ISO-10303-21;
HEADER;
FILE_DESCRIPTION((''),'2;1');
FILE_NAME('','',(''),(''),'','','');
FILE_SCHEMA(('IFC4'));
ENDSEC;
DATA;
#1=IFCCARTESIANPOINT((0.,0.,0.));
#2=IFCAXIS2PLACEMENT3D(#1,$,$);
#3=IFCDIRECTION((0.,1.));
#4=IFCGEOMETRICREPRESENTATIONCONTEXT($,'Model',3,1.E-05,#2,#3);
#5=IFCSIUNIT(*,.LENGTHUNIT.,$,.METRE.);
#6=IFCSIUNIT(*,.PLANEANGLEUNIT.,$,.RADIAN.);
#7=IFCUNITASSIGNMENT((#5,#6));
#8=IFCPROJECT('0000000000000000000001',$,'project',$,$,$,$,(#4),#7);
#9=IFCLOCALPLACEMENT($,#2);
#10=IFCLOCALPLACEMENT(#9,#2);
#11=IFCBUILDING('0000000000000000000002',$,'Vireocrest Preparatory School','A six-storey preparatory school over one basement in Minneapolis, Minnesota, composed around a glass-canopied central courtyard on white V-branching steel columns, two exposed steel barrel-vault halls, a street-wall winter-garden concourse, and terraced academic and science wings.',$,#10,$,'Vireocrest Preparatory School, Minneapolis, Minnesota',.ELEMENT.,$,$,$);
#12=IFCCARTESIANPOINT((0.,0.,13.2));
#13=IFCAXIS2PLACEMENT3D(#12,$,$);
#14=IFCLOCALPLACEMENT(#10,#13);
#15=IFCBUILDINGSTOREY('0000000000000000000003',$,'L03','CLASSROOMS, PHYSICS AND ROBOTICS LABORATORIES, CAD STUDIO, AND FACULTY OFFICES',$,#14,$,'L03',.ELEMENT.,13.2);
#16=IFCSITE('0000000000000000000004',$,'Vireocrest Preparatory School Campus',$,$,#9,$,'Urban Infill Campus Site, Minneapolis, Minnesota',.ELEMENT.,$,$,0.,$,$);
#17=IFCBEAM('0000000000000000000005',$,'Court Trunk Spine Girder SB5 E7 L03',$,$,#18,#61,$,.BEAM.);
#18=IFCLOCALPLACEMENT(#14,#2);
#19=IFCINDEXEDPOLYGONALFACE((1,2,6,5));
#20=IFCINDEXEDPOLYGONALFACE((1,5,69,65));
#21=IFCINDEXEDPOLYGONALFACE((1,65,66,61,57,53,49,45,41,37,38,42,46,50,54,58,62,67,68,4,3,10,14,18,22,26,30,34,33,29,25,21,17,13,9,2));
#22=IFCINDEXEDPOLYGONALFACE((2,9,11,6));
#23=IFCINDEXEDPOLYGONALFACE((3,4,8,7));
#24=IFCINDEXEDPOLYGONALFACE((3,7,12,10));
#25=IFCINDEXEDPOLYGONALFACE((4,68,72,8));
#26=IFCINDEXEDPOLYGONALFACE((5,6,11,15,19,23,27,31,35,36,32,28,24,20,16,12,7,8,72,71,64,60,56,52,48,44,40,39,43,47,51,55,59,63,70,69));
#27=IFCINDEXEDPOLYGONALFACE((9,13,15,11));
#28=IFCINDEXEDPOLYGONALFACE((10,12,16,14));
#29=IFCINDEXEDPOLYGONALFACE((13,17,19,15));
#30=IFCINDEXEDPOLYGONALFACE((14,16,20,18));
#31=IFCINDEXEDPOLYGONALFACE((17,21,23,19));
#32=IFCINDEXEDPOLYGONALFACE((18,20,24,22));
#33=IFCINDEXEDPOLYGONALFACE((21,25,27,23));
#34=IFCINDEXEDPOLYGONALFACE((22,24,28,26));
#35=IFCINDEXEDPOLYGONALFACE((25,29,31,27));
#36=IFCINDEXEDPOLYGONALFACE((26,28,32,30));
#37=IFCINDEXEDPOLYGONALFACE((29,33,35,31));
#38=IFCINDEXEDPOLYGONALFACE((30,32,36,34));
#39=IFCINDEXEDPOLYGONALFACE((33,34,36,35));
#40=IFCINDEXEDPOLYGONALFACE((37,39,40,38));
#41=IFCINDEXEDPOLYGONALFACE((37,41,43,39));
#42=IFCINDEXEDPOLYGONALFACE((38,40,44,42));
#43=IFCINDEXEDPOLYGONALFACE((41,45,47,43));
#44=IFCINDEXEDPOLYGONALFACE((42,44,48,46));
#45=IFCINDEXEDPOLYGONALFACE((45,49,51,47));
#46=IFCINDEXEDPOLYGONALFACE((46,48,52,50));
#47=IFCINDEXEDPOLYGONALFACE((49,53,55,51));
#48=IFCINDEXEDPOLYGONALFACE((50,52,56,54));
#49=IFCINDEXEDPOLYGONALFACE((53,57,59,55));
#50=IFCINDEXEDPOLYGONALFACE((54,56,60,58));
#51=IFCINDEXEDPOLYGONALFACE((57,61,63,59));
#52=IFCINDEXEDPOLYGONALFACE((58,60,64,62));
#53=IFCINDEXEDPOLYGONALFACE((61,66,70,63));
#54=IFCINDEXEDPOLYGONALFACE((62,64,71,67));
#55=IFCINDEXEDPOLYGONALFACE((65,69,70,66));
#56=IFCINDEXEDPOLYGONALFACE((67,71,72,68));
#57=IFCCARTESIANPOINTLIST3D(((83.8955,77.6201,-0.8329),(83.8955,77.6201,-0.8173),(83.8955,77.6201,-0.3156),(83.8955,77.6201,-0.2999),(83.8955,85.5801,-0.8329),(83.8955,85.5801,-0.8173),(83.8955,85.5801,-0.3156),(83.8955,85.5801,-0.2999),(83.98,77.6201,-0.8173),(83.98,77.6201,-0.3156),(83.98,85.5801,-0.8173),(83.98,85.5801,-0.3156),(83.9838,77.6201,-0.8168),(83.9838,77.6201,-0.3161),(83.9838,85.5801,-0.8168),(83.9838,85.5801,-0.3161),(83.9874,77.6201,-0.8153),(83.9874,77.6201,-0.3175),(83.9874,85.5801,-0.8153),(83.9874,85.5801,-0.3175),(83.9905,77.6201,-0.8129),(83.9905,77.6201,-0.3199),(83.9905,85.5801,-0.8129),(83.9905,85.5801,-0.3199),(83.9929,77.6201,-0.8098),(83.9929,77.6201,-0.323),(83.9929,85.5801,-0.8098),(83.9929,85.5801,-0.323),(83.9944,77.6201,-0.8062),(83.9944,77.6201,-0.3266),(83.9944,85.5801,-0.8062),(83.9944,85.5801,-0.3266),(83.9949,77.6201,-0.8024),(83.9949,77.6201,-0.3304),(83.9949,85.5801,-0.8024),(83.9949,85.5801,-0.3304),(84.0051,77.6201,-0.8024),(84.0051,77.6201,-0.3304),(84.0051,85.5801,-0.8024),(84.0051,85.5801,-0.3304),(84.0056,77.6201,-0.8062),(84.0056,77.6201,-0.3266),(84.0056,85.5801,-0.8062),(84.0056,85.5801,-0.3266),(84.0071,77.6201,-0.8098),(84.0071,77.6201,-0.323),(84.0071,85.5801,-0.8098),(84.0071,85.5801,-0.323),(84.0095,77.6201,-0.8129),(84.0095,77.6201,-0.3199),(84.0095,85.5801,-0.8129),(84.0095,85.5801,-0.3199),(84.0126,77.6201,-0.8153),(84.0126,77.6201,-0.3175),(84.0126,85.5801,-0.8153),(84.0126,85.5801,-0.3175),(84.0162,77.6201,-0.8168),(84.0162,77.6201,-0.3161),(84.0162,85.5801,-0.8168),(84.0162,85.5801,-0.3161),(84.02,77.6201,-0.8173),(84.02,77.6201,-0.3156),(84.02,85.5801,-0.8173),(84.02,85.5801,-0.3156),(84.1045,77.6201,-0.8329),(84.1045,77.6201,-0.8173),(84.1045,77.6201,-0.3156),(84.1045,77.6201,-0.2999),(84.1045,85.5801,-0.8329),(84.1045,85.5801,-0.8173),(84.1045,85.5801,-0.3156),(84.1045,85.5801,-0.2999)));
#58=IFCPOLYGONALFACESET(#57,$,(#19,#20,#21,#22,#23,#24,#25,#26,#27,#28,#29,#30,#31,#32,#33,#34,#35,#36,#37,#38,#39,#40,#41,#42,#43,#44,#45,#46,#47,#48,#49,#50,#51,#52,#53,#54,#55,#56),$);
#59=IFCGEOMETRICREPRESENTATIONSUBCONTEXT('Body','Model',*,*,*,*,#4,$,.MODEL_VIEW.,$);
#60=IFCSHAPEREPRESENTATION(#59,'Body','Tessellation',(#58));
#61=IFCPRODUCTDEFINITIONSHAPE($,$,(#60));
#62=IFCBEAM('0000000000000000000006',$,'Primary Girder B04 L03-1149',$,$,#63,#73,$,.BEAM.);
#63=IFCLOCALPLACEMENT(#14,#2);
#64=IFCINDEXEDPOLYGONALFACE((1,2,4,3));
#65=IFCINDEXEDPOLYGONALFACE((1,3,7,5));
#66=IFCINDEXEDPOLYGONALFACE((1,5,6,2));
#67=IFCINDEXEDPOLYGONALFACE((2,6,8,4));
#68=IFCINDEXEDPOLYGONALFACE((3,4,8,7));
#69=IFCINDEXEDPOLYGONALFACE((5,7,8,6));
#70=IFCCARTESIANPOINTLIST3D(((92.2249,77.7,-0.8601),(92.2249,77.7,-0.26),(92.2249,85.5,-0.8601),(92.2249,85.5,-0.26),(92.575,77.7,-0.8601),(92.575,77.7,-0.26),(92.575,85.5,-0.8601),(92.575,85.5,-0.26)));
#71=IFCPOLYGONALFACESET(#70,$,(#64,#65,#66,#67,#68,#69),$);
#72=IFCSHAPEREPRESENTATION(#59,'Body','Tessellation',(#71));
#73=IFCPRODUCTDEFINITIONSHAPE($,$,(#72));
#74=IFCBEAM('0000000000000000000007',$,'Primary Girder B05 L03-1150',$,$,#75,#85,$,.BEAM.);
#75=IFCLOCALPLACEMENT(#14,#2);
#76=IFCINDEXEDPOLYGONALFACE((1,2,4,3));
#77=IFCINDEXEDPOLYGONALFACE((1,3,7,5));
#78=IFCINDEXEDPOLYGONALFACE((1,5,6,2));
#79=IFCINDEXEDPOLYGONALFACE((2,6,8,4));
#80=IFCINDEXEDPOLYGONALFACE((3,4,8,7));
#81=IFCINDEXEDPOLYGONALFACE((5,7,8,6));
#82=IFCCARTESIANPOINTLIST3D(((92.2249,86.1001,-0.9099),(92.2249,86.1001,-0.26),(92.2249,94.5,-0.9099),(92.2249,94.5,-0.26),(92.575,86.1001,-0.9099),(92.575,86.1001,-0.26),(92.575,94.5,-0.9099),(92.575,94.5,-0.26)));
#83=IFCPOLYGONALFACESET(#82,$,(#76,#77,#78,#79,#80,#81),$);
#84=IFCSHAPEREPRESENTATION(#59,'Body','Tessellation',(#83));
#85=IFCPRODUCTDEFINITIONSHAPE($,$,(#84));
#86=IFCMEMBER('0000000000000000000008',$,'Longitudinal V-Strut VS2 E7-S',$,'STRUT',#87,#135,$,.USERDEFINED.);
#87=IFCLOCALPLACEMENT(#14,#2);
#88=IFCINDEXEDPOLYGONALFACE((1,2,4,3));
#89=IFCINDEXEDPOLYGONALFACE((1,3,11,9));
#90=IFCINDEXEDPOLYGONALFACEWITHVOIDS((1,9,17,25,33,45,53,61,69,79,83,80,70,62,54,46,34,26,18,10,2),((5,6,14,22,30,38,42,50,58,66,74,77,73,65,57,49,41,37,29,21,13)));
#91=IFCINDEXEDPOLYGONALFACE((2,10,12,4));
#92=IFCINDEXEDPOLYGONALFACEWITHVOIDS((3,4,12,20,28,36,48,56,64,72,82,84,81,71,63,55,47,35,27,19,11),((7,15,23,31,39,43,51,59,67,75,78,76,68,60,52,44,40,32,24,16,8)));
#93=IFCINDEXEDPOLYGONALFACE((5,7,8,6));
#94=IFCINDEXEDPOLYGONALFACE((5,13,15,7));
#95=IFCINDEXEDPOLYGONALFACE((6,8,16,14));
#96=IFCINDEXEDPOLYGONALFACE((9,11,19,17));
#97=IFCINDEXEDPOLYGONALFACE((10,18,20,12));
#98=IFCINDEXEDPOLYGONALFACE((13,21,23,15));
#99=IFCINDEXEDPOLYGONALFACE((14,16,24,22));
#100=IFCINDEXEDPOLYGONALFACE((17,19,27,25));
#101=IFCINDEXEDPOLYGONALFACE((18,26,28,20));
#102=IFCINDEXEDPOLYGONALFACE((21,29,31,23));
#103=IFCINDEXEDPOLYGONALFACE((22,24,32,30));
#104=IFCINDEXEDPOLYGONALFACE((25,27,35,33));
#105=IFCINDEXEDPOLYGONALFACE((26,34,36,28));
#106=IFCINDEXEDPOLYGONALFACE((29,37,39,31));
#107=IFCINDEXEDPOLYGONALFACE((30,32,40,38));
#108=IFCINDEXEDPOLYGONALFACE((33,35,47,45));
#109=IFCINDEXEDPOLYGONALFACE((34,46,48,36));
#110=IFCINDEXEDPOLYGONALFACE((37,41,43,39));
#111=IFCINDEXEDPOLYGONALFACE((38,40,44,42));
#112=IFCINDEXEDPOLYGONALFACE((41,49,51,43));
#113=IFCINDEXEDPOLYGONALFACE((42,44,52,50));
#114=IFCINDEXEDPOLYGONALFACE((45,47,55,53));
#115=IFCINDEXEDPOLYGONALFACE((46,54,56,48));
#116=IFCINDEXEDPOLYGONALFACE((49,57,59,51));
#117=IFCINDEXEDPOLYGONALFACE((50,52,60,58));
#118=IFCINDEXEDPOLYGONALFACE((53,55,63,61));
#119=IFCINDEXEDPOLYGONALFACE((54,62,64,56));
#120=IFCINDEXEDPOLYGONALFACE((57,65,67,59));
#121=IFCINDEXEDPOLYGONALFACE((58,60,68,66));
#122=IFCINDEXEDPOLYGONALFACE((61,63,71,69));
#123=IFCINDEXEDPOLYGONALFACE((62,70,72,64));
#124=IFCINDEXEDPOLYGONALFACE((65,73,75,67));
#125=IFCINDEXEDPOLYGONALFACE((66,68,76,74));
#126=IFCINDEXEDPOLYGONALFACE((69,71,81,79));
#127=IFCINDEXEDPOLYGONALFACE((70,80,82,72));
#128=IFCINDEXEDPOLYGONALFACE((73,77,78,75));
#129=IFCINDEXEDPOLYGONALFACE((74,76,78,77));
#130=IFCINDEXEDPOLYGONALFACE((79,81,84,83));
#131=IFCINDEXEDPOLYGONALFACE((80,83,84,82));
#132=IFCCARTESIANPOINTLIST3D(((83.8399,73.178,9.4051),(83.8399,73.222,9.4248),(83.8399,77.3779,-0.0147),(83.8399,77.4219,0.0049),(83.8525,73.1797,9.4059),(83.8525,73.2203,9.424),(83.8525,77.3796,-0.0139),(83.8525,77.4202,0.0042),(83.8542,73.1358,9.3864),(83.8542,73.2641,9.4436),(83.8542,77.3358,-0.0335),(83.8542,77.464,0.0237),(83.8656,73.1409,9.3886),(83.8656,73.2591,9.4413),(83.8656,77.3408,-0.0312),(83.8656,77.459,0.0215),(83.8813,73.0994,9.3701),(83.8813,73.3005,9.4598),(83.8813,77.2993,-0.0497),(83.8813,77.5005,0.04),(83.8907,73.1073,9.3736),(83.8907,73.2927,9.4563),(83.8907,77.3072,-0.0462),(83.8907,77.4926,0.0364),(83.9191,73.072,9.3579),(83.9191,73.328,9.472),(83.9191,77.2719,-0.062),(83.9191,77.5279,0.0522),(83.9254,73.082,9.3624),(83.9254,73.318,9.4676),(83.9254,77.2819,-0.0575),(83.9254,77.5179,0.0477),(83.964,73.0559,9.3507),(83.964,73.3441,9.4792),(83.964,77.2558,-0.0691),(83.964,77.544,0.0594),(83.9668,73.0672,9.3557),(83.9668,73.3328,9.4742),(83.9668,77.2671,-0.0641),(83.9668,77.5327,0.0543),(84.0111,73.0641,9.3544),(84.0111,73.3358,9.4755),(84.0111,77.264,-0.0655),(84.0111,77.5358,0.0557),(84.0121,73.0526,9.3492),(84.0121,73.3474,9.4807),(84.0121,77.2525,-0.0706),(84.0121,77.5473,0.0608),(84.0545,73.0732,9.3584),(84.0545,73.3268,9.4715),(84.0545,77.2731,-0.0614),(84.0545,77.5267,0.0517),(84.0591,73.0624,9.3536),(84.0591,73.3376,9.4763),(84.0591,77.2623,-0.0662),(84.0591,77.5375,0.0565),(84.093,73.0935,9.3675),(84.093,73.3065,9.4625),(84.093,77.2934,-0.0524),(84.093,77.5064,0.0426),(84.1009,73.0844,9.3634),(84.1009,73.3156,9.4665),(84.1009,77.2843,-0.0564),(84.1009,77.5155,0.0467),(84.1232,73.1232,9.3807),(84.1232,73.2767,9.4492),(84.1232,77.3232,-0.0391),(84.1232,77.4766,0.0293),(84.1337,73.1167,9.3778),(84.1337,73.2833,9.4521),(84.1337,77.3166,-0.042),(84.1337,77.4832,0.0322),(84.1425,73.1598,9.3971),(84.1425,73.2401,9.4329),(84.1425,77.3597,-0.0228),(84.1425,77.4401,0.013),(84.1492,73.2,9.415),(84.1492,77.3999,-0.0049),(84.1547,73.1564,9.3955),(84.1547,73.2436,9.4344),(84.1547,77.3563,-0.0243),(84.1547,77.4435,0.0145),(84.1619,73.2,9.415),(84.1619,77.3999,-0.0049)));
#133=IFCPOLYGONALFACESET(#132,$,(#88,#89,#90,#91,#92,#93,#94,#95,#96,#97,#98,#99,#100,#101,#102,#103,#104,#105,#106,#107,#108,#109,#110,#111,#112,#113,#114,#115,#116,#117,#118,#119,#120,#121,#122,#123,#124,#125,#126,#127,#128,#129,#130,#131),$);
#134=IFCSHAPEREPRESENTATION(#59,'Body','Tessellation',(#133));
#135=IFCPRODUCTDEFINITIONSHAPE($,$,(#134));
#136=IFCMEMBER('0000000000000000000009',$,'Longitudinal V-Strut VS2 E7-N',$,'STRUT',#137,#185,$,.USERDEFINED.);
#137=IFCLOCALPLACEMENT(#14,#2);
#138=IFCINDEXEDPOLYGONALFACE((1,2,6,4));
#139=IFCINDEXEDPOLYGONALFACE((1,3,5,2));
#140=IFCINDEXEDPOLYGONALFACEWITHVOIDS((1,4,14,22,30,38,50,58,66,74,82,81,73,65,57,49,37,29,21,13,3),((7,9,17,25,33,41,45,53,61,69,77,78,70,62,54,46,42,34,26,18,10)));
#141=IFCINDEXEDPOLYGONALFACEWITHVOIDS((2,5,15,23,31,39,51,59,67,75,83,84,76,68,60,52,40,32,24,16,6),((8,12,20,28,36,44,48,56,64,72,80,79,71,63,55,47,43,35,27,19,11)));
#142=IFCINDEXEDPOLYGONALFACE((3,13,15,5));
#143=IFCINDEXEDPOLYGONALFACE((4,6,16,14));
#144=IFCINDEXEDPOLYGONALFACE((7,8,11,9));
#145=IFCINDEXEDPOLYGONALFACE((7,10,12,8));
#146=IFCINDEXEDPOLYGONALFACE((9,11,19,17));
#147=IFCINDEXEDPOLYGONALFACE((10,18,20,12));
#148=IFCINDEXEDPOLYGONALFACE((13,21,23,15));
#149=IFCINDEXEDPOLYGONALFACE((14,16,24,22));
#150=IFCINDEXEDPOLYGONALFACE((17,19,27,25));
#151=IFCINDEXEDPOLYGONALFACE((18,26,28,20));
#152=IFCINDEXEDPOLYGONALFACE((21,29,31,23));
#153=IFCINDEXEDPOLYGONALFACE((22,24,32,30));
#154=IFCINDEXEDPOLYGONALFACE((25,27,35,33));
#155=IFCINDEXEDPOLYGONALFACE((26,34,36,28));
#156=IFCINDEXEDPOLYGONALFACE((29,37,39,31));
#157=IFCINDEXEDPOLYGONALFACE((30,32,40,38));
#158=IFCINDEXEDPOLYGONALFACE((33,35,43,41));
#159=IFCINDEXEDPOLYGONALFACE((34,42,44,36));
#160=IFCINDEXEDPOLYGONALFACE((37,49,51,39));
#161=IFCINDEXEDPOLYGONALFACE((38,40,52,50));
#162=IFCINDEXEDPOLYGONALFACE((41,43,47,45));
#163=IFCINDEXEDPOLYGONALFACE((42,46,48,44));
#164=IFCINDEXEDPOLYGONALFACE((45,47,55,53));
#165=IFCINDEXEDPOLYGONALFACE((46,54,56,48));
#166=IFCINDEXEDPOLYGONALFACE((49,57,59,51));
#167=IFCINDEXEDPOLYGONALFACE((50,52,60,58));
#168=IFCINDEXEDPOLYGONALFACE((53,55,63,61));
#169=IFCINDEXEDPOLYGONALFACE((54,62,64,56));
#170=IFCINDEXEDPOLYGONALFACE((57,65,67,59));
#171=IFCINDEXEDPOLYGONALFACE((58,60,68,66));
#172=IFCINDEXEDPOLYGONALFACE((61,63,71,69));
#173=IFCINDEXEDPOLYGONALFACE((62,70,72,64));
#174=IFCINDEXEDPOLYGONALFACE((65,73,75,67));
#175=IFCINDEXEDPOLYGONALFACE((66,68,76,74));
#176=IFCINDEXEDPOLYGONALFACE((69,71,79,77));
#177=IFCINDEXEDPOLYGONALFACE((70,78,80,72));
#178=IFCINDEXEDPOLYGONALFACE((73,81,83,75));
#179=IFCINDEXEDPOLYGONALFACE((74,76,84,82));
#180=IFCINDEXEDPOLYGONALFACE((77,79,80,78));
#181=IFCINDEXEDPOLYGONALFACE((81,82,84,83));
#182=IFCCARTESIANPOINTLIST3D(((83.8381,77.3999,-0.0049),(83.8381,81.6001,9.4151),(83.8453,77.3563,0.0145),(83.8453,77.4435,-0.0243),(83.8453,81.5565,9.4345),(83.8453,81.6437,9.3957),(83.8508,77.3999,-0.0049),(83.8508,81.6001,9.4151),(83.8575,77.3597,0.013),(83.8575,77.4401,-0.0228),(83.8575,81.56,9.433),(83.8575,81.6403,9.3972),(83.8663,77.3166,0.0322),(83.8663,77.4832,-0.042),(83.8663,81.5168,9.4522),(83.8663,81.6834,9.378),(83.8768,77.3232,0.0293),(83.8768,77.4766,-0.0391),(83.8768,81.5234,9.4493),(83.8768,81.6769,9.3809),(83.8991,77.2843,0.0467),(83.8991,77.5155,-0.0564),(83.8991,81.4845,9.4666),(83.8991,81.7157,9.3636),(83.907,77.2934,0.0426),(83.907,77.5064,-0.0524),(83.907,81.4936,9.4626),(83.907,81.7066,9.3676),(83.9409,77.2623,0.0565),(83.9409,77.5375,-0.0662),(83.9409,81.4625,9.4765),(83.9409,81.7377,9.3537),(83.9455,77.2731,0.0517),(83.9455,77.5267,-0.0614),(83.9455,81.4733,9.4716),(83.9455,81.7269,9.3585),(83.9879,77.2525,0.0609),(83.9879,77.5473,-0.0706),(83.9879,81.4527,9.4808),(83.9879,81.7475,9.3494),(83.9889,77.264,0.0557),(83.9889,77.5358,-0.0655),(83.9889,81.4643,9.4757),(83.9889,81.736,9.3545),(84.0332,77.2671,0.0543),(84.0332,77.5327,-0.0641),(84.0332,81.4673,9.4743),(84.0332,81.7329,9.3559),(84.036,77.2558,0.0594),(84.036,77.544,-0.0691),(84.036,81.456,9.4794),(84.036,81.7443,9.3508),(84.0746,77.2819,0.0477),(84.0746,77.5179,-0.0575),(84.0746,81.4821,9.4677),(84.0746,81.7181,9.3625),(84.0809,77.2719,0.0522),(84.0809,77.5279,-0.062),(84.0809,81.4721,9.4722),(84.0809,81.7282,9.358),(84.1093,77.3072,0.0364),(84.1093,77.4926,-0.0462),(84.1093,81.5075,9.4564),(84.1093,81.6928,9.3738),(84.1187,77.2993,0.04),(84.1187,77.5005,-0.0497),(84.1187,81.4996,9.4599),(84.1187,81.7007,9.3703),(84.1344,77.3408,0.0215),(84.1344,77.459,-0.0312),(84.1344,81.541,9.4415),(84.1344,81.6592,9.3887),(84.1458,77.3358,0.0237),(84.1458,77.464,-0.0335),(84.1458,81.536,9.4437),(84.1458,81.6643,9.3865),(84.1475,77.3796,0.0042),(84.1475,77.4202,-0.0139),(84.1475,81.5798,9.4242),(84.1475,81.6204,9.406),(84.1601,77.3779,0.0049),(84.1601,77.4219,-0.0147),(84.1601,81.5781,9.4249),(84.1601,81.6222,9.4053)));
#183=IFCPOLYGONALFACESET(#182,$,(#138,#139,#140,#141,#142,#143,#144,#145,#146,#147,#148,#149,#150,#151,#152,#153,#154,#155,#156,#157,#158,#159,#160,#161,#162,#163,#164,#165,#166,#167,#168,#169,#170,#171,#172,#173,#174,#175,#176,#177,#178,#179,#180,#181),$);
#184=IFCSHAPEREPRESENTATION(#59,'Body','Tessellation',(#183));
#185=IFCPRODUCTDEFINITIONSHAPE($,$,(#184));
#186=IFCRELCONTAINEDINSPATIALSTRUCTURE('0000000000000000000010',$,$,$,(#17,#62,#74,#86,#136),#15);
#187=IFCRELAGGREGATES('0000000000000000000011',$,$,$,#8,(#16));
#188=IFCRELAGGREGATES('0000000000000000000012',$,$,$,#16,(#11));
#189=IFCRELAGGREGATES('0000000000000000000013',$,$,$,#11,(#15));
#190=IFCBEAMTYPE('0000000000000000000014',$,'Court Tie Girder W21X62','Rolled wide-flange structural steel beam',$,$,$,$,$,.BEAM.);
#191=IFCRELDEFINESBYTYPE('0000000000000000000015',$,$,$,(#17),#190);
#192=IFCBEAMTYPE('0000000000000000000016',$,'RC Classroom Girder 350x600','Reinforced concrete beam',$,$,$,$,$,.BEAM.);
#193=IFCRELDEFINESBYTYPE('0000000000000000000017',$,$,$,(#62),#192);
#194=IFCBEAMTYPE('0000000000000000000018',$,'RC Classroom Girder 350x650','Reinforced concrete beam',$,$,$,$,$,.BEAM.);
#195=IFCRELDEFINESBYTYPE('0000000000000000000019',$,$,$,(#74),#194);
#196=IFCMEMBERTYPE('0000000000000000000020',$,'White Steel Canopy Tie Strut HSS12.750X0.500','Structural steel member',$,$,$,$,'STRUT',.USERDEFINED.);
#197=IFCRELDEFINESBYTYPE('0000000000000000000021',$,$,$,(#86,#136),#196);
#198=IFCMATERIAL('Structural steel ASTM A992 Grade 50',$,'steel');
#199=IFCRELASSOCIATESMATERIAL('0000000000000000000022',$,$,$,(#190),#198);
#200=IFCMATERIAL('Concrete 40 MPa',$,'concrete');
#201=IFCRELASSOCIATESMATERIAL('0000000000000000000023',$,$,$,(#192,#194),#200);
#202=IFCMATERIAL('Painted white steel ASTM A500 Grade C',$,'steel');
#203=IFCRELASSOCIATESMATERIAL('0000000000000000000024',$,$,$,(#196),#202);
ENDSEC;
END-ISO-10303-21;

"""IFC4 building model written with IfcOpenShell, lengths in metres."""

from ifc_helpers import new_model, si_unit, direction, frame, origin, origin_2d, place, context, subcontext, project, spatial, rectangle, hollow_circle, i_section, extrude, material, material_profile, profile_set, type_object, element, save


model = new_model("IFC4")

# Units and contexts
model_context = context("Model", 3, precision=1e-05, world=origin(), true_north=direction((0.0, 1.0)))
body_context = subcontext(model_context, "Body", "Model", "MODEL_VIEW")
ifc_project = project(units=[si_unit("LENGTHUNIT", "METRE"), si_unit("PLANEANGLEUNIT", "RADIAN")], contexts=[model_context])

# Site, building, storey
site_placement = place(None, origin())
site = spatial("IfcSite", under=ifc_project, at=site_placement, Name="Vireocrest Preparatory School Campus", LongName="Urban Infill Campus Site, Minneapolis, Minnesota", CompositionType="ELEMENT", RefElevation=0.0)
building_placement = place(site_placement, origin())
building = spatial("IfcBuilding", under=site, at=building_placement, Name="Vireocrest Preparatory School", Description="A six-storey preparatory school over one basement in Minneapolis, Minnesota, composed around a glass-canopied central courtyard on white V-branching steel columns, two exposed steel barrel-vault halls, a street-wall winter-garden concourse, and terraced academic and science wings.", LongName="Vireocrest Preparatory School, Minneapolis, Minnesota", CompositionType="ELEMENT")
storey_placement = place(building_placement, frame((0.0, 0.0, 13.2)))
storey = spatial("IfcBuildingStorey", under=building, at=storey_placement, Name="L03", Description="CLASSROOMS, PHYSICS AND ROBOTICS LABORATORIES, CAD STUDIO, AND FACULTY OFFICES", LongName="L03", CompositionType="ELEMENT", Elevation=13.2)

# Beams
ifc_material_1 = material(Name="Structural steel ASTM A992 Grade 50", Category="steel")
ifc_material_profile_1 = material_profile(ifc_material_1, i_section(OverallWidth=0.209, OverallDepth=0.533, WebThickness=0.0103, FlangeThickness=0.0156, FilletRadius=0.0149, at=origin_2d()), Name="W21X62")
ifc_profile_set_1 = profile_set([ifc_material_profile_1], Name="Structural steel ASTM A992 Grade 50")
beam_type_1 = type_object("IfcBeamType", Name="Court Tie Girder W21X62", Description="Rolled wide-flange structural steel beam", PredefinedType="BEAM", material=ifc_profile_set_1)
for number, where, z_axis, x_axis, name in (
    (1, (84.0, 77.6201, -0.5664), (0.0, 1.0, 0.0), (-1.0, 0.0, 0.0), "Court Trunk Spine Girder SB5 E7 L03"),
):
    element("IfcBeam", number, at=place(storey_placement, frame(where, z_axis=z_axis, x_axis=x_axis)), inside=storey, type_object=beam_type_1, Name=name, PredefinedType="BEAM", context=body_context, shape_type="SweptSolid", body=[
        extrude(i_section(OverallWidth=0.209, OverallDepth=0.533, WebThickness=0.0103, FlangeThickness=0.0156, FilletRadius=0.0149, at=origin_2d()), origin(), (0.0, 0.0, 1.0), 7.96),
    ])
ifc_material_2 = material(Name="Concrete 40 MPa", Category="concrete")
ifc_material_profile_2 = material_profile(ifc_material_2, rectangle(XDim=0.3501, YDim=0.6001, at=origin_2d()), Name="RC 350x600")
ifc_profile_set_2 = profile_set([ifc_material_profile_2], Name="Concrete 40 MPa")
beam_type_2 = type_object("IfcBeamType", Name="RC Classroom Girder 350x600", Description="Reinforced concrete beam", PredefinedType="BEAM", material=ifc_profile_set_2)
beam_1_placement = place(storey_placement, frame((92.3999, 77.7, -0.5601), z_axis=(0.0, 1.0, 0.0), x_axis=(-1.0, 0.0, 0.0)))
element("IfcBeam", 2, at=beam_1_placement, inside=storey, type_object=beam_type_2, Name="Primary Girder B04 L03-1149", PredefinedType="BEAM", context=body_context, shape_type="SweptSolid", body=[
    extrude(rectangle(XDim=0.3501, YDim=0.6001, at=origin_2d()), origin(), (0.0, 0.0, 1.0), 7.8),
])
ifc_material_profile_3 = material_profile(ifc_material_2, rectangle(XDim=0.3501, YDim=0.6499, at=origin_2d()), Name="RC 350x650")
ifc_profile_set_3 = profile_set([ifc_material_profile_3], Name="Concrete 40 MPa")
beam_type_3 = type_object("IfcBeamType", Name="RC Classroom Girder 350x650", Description="Reinforced concrete beam", PredefinedType="BEAM", material=ifc_profile_set_3)
beam_2_placement = place(storey_placement, frame((92.3999, 86.1001, -0.585), z_axis=(0.0, 1.0, 0.0), x_axis=(-1.0, 0.0, 0.0)))
element("IfcBeam", 3, at=beam_2_placement, inside=storey, type_object=beam_type_3, Name="Primary Girder B05 L03-1150", PredefinedType="BEAM", context=body_context, shape_type="SweptSolid", body=[
    extrude(rectangle(XDim=0.3501, YDim=0.6499, at=origin_2d()), origin(), (0.0, 0.0, 1.0), 8.3999),
])

# Members
ifc_material_3 = material(Name="Painted white steel ASTM A500 Grade C", Category="steel")
ifc_material_profile_4 = material_profile(ifc_material_3, hollow_circle(Radius=0.1619, WallThickness=0.0127, at=origin_2d()), Name="HSS12.750X0.500")
ifc_profile_set_4 = profile_set([ifc_material_profile_4], Name="Painted white steel ASTM A500 Grade C")
member_type_1 = type_object("IfcMemberType", Name="White Steel Canopy Tie Strut HSS12.750X0.500", Description="Structural steel member", ElementType="STRUT", PredefinedType="USERDEFINED", material=ifc_profile_set_4)
member_1_placement = place(storey_placement, frame((84.0, 77.3999, -0.0049), z_axis=(0.0, -0.407217, 0.913332), x_axis=(1.0, 0.0, 0.0)))
element("IfcMember", 4, at=member_1_placement, inside=storey, type_object=member_type_1, Name="Longitudinal V-Strut VS2 E7-S", ObjectType="STRUT", PredefinedType="USERDEFINED", context=body_context, shape_type="SweptSolid", body=[
    extrude(hollow_circle(Radius=0.1619, WallThickness=0.0127, at=origin_2d()), origin(), (0.0, 0.0, 1.0), 10.3137),
])
member_2_placement = place(storey_placement, frame((84.0, 77.3999, -0.0049), z_axis=(0.0, 0.407236, 0.913323), x_axis=(-1.0, 0.0, 0.0)))
element("IfcMember", 5, at=member_2_placement, inside=storey, type_object=member_type_1, Name="Longitudinal V-Strut VS2 E7-N", ObjectType="STRUT", PredefinedType="USERDEFINED", context=body_context, shape_type="SweptSolid", body=[
    extrude(hollow_circle(Radius=0.1619, WallThickness=0.0127, at=origin_2d()), origin(), (0.0, 0.0, 1.0), 10.314),
])

save(model, "model.ifc")
